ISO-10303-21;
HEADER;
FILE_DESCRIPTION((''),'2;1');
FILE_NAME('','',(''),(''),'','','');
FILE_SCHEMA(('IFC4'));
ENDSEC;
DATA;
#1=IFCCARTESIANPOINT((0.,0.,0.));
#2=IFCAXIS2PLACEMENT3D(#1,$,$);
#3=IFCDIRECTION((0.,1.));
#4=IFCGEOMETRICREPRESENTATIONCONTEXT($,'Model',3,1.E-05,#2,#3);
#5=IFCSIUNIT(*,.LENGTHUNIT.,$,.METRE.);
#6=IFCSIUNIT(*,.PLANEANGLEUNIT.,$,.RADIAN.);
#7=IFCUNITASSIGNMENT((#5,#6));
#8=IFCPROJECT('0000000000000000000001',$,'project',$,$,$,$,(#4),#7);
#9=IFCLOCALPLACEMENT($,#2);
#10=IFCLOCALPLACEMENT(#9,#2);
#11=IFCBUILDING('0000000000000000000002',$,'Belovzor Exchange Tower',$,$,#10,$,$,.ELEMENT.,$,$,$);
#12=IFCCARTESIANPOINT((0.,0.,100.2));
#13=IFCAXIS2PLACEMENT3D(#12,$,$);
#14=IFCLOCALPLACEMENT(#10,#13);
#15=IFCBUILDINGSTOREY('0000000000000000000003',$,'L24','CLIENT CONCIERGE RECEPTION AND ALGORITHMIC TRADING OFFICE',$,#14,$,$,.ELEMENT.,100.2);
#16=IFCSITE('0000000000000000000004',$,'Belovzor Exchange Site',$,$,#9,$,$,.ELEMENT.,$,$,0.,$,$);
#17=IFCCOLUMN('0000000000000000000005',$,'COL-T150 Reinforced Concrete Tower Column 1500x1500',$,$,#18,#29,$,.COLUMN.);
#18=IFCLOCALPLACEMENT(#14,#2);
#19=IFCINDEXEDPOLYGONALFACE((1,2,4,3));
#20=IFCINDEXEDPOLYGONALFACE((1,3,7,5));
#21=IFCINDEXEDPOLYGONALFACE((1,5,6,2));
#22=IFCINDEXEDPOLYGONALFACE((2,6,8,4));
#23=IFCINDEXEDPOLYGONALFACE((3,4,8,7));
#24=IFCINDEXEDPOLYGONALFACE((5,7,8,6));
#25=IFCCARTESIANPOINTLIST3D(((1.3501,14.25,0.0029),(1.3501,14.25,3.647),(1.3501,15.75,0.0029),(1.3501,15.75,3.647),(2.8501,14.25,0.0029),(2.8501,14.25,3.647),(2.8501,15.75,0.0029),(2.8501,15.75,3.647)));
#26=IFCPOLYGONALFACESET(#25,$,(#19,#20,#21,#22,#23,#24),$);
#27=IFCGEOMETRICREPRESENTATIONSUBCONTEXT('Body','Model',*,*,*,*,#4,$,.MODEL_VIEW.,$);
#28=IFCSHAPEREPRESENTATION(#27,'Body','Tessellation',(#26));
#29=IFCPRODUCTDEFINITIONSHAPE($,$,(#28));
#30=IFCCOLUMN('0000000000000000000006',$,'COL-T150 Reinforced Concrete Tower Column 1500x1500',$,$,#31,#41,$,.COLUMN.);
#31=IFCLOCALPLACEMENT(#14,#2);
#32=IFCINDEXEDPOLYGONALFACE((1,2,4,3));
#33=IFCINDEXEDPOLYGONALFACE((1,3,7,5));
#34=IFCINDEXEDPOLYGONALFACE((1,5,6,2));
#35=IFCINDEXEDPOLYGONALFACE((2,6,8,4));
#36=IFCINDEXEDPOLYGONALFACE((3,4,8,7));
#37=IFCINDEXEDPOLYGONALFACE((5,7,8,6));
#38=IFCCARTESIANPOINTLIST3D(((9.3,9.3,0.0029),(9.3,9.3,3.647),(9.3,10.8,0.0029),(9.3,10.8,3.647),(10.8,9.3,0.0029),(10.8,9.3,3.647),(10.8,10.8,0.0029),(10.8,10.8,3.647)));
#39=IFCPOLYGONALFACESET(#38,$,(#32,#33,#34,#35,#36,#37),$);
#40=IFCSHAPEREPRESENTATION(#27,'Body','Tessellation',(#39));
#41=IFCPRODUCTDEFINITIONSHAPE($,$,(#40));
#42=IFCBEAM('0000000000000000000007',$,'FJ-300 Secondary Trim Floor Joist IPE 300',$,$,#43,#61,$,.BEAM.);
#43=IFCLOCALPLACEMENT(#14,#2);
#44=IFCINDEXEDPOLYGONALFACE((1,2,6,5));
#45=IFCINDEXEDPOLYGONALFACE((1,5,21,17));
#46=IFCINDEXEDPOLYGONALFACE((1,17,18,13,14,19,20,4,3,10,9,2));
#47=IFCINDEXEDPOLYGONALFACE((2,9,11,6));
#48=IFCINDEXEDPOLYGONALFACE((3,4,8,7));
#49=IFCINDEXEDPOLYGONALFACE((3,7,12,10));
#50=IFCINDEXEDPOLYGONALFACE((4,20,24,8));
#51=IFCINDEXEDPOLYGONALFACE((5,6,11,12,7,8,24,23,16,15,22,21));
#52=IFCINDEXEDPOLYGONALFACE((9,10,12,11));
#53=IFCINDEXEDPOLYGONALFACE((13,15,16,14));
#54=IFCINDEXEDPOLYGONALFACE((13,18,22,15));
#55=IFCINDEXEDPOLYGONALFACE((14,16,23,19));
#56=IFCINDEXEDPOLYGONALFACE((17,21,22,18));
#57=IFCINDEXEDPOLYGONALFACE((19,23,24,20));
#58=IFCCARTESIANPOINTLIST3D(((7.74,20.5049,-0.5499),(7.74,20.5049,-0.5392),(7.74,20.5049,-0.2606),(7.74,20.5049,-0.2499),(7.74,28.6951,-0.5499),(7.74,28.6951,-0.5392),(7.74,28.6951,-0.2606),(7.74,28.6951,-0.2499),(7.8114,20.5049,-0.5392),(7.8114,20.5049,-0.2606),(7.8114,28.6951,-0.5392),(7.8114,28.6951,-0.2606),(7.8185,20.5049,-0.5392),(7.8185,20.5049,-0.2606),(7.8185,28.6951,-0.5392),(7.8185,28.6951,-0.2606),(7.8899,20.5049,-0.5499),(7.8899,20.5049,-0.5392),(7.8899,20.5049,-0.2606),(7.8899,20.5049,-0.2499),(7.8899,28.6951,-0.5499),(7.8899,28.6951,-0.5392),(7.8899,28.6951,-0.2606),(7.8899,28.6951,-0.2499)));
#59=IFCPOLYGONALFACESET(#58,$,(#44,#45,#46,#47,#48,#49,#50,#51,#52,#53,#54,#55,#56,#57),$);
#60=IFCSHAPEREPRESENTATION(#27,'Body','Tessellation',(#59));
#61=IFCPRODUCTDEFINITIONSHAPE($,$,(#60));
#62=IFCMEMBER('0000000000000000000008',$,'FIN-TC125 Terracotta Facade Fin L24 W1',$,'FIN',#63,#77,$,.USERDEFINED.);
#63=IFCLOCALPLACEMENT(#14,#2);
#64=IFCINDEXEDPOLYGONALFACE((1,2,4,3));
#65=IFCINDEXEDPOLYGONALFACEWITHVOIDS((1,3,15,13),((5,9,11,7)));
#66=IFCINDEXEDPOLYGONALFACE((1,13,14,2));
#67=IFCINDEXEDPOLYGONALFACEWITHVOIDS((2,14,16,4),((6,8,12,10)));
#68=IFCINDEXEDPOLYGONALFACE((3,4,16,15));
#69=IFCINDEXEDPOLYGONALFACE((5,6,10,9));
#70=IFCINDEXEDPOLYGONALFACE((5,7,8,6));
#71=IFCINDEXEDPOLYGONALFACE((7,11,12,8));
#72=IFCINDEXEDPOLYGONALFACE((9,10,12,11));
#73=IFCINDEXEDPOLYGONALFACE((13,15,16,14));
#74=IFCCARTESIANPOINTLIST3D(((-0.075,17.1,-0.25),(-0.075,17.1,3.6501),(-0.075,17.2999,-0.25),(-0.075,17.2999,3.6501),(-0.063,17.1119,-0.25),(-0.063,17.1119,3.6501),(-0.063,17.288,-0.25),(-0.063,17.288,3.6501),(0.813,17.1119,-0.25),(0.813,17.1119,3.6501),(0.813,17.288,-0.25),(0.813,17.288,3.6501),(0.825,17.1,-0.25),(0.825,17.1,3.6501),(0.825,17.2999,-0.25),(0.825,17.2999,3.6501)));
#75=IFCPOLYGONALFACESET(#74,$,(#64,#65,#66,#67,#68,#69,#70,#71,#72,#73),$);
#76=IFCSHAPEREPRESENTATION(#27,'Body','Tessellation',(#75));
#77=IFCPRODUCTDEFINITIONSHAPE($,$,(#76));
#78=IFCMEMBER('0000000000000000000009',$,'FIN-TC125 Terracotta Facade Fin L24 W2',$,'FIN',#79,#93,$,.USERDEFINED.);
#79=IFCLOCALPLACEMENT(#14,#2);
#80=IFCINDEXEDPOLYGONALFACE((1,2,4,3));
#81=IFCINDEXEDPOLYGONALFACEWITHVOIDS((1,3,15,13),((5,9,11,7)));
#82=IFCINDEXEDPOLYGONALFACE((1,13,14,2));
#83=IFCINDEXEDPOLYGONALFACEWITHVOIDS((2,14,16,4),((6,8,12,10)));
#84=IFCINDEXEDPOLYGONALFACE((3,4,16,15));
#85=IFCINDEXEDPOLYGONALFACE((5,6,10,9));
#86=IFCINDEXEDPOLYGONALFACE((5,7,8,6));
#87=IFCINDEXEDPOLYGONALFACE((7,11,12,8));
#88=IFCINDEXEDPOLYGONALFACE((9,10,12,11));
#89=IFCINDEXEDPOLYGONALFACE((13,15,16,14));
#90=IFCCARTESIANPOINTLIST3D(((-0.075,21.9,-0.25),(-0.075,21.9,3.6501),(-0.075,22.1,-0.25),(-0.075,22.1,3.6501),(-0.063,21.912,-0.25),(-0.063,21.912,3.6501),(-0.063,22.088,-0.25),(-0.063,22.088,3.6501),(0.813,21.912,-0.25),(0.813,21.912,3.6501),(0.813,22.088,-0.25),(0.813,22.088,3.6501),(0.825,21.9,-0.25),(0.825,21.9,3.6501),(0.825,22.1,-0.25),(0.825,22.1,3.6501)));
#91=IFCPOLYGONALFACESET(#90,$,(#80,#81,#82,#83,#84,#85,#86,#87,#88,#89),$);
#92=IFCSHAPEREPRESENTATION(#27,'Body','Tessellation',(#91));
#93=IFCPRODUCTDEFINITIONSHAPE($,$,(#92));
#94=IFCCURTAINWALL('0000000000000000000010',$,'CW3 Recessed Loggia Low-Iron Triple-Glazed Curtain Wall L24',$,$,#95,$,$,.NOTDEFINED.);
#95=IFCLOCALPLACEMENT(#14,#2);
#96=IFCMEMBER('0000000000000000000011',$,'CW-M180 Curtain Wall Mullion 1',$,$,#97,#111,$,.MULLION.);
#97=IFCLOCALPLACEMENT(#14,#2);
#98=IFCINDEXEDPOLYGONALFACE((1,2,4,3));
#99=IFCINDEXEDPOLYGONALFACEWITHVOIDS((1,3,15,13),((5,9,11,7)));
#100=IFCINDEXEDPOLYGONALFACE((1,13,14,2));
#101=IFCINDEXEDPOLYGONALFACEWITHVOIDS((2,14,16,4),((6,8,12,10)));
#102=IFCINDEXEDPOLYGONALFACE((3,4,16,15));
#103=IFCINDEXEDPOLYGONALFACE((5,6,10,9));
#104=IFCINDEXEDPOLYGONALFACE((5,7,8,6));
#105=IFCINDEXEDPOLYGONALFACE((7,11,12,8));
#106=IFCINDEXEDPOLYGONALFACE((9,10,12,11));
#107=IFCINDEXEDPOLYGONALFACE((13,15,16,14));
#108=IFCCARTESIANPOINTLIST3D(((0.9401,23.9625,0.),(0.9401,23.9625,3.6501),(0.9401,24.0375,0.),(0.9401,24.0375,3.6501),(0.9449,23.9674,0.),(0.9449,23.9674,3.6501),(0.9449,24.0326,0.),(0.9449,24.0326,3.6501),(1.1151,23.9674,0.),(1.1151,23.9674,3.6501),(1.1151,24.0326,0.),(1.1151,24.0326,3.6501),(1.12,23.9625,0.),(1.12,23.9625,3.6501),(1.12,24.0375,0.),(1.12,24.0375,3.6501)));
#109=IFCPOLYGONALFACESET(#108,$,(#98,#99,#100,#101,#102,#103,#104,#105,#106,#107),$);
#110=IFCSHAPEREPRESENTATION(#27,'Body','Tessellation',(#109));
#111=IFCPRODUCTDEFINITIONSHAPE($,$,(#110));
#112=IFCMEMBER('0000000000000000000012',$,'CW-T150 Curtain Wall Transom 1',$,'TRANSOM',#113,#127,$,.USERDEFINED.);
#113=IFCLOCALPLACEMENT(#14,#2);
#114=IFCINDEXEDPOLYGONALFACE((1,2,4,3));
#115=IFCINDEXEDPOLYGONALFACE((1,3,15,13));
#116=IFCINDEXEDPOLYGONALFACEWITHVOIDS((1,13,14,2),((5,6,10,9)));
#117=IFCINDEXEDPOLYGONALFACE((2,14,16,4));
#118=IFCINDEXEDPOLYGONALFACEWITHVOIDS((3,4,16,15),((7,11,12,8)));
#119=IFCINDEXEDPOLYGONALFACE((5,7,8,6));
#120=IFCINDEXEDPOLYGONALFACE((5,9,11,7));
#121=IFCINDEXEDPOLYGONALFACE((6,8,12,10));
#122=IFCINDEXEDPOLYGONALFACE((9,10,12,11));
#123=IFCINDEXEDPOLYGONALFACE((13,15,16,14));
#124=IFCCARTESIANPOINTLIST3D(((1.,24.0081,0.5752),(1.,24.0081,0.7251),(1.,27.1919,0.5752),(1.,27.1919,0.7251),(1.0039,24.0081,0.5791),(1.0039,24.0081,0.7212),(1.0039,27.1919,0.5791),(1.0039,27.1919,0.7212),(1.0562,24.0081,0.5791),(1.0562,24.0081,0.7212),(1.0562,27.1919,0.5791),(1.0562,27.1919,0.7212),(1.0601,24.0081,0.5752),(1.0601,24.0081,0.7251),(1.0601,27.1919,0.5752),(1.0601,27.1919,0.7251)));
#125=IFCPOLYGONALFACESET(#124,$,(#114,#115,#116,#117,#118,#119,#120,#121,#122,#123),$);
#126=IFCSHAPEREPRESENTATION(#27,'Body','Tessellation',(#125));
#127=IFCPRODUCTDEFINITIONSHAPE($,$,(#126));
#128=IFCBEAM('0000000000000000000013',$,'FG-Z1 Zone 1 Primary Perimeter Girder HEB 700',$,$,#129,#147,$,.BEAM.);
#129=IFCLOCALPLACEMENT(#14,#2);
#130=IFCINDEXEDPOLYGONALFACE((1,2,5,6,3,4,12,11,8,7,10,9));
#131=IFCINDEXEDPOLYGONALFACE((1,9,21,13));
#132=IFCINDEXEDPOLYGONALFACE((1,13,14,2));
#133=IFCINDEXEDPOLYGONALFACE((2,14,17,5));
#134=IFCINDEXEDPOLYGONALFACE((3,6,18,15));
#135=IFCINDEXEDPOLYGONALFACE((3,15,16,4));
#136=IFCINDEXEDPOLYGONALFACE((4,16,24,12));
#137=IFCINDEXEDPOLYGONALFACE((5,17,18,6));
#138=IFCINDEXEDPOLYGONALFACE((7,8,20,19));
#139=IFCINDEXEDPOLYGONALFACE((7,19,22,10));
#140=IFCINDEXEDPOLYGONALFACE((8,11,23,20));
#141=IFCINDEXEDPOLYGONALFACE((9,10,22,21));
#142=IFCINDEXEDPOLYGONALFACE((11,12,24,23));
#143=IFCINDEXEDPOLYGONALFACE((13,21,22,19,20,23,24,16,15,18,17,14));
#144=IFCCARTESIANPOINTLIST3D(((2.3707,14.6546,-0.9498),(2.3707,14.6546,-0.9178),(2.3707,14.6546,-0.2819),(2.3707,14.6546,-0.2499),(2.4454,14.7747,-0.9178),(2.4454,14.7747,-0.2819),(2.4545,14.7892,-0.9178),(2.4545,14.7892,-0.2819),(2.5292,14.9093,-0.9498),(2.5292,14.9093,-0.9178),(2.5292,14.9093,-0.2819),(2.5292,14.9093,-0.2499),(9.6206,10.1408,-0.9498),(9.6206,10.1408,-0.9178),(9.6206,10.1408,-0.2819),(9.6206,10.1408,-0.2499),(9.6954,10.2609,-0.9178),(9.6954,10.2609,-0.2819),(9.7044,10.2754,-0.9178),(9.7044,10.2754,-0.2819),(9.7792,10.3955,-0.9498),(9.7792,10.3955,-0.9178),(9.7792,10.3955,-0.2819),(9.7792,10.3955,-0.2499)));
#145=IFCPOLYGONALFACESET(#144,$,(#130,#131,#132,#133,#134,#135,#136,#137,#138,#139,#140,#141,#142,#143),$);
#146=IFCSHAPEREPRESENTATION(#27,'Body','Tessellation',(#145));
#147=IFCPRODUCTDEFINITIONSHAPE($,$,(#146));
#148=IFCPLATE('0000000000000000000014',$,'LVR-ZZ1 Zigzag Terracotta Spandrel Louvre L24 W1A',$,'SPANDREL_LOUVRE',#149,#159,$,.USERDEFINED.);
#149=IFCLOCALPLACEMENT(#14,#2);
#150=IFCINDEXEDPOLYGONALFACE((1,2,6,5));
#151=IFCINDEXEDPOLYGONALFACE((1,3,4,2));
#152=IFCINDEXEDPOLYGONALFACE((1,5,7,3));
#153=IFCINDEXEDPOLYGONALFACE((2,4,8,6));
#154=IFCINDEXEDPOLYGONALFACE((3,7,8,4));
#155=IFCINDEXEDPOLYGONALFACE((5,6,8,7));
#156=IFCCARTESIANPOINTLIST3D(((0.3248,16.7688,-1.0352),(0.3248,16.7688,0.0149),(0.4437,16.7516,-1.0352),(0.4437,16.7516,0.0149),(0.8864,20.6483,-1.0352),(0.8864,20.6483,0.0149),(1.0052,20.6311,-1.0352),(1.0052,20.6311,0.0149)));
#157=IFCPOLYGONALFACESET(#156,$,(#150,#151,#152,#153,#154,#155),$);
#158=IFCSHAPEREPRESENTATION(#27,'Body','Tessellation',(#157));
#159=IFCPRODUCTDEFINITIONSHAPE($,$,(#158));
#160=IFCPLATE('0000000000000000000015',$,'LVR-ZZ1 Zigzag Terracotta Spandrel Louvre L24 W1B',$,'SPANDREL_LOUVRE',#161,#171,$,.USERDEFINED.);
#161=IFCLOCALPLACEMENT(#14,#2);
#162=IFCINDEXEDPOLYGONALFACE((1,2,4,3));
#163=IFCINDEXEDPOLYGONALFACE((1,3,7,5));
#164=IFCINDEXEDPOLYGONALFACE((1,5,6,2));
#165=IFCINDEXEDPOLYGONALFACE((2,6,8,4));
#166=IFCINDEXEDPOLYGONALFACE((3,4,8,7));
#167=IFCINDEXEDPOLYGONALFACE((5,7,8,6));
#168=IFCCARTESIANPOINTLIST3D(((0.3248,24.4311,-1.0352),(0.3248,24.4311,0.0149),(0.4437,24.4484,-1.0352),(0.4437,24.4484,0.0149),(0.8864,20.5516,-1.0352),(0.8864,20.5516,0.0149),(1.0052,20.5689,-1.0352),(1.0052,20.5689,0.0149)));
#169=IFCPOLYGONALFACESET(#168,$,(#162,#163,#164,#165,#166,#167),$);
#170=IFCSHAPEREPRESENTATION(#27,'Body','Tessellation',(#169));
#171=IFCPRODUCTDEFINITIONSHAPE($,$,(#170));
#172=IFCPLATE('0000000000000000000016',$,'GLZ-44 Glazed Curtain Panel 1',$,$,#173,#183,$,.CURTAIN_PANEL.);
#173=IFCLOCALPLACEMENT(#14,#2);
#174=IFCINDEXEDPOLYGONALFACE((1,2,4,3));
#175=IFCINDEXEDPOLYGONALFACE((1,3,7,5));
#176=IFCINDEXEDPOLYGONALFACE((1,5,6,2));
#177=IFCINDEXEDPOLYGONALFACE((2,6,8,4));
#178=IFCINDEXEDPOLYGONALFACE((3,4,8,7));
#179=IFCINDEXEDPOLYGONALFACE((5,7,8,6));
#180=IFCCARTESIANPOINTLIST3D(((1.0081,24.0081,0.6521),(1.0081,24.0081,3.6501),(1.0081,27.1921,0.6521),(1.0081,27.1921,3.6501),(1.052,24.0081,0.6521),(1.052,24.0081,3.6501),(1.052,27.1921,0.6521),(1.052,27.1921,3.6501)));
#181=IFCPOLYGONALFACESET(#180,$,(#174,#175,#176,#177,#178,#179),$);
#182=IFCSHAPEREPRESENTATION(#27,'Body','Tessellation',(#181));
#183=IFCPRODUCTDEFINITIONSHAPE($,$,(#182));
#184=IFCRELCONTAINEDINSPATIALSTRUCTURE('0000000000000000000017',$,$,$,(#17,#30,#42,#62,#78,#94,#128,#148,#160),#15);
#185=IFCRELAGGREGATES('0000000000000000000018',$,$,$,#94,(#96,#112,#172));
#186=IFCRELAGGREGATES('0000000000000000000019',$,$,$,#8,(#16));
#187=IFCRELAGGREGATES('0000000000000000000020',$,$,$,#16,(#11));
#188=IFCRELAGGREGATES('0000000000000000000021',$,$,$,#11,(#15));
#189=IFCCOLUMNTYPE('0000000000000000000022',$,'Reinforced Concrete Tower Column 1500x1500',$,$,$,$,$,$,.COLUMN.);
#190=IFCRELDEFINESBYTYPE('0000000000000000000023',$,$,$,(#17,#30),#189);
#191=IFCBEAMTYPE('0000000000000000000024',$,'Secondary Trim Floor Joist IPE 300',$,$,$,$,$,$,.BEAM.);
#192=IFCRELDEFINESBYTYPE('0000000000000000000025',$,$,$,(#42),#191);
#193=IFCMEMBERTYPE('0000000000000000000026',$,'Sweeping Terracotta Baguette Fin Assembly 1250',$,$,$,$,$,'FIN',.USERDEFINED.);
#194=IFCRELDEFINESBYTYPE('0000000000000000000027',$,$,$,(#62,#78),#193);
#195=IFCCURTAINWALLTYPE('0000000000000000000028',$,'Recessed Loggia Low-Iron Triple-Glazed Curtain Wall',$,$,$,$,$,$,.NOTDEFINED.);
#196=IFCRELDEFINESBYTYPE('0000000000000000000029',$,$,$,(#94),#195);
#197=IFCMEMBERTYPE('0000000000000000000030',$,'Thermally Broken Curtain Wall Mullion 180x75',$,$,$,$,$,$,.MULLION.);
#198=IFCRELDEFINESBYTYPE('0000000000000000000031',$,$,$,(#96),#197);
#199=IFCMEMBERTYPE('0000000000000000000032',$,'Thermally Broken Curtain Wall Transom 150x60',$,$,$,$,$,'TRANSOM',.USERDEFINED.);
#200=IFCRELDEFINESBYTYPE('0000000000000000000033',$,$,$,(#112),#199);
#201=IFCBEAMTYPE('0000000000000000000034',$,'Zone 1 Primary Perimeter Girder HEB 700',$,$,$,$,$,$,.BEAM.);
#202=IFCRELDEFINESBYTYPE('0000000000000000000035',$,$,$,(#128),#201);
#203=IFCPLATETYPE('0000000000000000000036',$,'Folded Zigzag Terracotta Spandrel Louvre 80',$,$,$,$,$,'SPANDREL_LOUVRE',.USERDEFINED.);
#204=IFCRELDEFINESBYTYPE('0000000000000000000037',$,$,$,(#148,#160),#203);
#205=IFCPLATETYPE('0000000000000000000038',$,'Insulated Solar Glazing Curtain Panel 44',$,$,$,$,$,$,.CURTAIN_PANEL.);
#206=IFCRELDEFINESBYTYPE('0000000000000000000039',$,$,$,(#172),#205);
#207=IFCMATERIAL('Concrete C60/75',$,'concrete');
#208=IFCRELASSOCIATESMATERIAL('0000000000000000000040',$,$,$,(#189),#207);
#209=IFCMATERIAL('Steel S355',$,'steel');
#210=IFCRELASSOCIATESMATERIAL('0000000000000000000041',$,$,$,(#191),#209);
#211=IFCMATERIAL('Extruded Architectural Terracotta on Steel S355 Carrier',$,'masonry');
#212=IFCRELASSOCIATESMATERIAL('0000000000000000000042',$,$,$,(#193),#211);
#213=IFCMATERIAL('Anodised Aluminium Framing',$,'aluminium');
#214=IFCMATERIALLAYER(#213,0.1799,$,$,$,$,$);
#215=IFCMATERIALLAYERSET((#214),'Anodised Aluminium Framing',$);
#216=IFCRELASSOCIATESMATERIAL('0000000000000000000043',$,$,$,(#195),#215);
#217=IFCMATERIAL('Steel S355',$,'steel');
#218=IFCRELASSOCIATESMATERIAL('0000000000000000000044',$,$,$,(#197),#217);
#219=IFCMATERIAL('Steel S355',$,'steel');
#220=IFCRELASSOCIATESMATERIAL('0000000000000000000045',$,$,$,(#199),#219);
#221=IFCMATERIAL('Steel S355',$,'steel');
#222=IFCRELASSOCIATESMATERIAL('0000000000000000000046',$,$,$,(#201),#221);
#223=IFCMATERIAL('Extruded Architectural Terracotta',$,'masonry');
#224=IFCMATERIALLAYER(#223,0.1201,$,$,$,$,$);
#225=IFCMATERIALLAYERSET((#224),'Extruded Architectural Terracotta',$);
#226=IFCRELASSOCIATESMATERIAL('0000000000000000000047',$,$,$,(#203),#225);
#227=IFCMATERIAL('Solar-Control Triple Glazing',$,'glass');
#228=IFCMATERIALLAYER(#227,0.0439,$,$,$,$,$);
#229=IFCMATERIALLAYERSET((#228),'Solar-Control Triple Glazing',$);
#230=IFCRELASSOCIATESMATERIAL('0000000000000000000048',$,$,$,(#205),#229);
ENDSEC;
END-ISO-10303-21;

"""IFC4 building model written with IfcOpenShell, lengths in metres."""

from ifc_helpers import new_model, si_unit, direction, frame, origin, origin_2d, place, context, subcontext, project, spatial, rectangle, hollow_rectangle, i_section, extrude, material, layer, layer_set, material_profile, profile_set, type_object, element, aggregate, save


model = new_model("IFC4")

# Units and contexts
model_context = context("Model", 3, precision=1e-05, world=origin(), true_north=direction((0.0, 1.0)))
body_context = subcontext(model_context, "Body", "Model", "MODEL_VIEW")
ifc_project = project(units=[si_unit("LENGTHUNIT", "METRE"), si_unit("PLANEANGLEUNIT", "RADIAN")], contexts=[model_context])

# Site, building, storey
site_placement = place(None, origin())
site = spatial("IfcSite", under=ifc_project, at=site_placement, Name="Belovzor Exchange Site", CompositionType="ELEMENT", RefElevation=0.0)
building_placement = place(site_placement, origin())
building = spatial("IfcBuilding", under=site, at=building_placement, Name="Belovzor Exchange Tower", CompositionType="ELEMENT")
storey_placement = place(building_placement, frame((0.0, 0.0, 100.2)))
storey = spatial("IfcBuildingStorey", under=building, at=storey_placement, Name="L24", Description="CLIENT CONCIERGE RECEPTION AND ALGORITHMIC TRADING OFFICE", CompositionType="ELEMENT", Elevation=100.2)

# Columns
ifc_material_1 = material(Name="Concrete C60/75", Category="concrete")
ifc_material_profile_1 = material_profile(ifc_material_1, rectangle(XDim=1.5, YDim=1.5, at=origin_2d()))
ifc_profile_set_1 = profile_set([ifc_material_profile_1], Name="Concrete C60/75")
column_type = type_object("IfcColumnType", Name="Reinforced Concrete Tower Column 1500x1500", PredefinedType="COLUMN", material=ifc_profile_set_1)
for number, where, z_axis, x_axis, name in (
    (1, (2.1001, 15.0, 0.0029), (0.0, 0.0, 1.0), (1.0, 0.0, 0.0), "COL-T150 Reinforced Concrete Tower Column 1500x1500"),
    (2, (10.05, 10.05, 0.0029), (0.0, 0.0, 1.0), (1.0, 0.0, 0.0), "COL-T150 Reinforced Concrete Tower Column 1500x1500"),
):
    element("IfcColumn", number, at=place(storey_placement, frame(where, z_axis=z_axis, x_axis=x_axis)), inside=storey, type_object=column_type, Name=name, PredefinedType="COLUMN", context=body_context, shape_type="SweptSolid", body=[
        extrude(rectangle(XDim=1.5, YDim=1.5, at=origin_2d()), origin(), (0.0, 0.0, 1.0), 3.644),
    ])

# Beam
ifc_material_2 = material(Name="Steel S355", Category="steel")
ifc_material_profile_2 = material_profile(ifc_material_2, i_section(OverallWidth=0.1499, OverallDepth=0.3, WebThickness=0.0071, FlangeThickness=0.0107, at=origin_2d()))
ifc_profile_set_2 = profile_set([ifc_material_profile_2], Name="Steel S355")
beam_type_1 = type_object("IfcBeamType", Name="Secondary Trim Floor Joist IPE 300", PredefinedType="BEAM", material=ifc_profile_set_2)
beam_1_placement = place(storey_placement, frame((7.8149, 20.5049, -0.3999), z_axis=(0.0, 1.0, 0.0), x_axis=(-1.0, 0.0, 0.0)))
element("IfcBeam", 3, at=beam_1_placement, inside=storey, type_object=beam_type_1, Name="FJ-300 Secondary Trim Floor Joist IPE 300", PredefinedType="BEAM", context=body_context, shape_type="SweptSolid", body=[
    extrude(i_section(OverallWidth=0.1499, OverallDepth=0.3, WebThickness=0.0071, FlangeThickness=0.0107, at=origin_2d()), origin(), (0.0, 0.0, 1.0), 8.1902),
])

# Members
ifc_material_3 = material(Name="Extruded Architectural Terracotta on Steel S355 Carrier", Category="masonry")
ifc_material_profile_3 = material_profile(ifc_material_3, hollow_rectangle(XDim=0.2, YDim=0.8999, WallThickness=0.012, at=origin_2d()))
ifc_profile_set_3 = profile_set([ifc_material_profile_3], Name="Extruded Architectural Terracotta on Steel S355 Carrier")
member_type_1 = type_object("IfcMemberType", Name="Sweeping Terracotta Baguette Fin Assembly 1250", ElementType="FIN", PredefinedType="USERDEFINED", material=ifc_profile_set_3)
for number, where, z_axis, x_axis, name in (
    (4, (0.375, 17.2, -0.25), (0.0, 0.0, 1.0), (0.0, 1.0, 0.0), "FIN-TC125 Terracotta Facade Fin L24 W1"),
    (5, (0.375, 22.0, -0.25), (0.0, 0.0, 1.0), (0.0, 1.0, 0.0), "FIN-TC125 Terracotta Facade Fin L24 W2"),
):
    element("IfcMember", number, at=place(storey_placement, frame(where, z_axis=z_axis, x_axis=x_axis)), inside=storey, type_object=member_type_1, Name=name, ObjectType="FIN", PredefinedType="USERDEFINED", context=body_context, shape_type="SweptSolid", body=[
        extrude(hollow_rectangle(XDim=0.2, YDim=0.8999, WallThickness=0.012, at=origin_2d()), origin(), (0.0, 0.0, 1.0), 3.9001),
    ])

# Curtain wall, members
ifc_material_4 = material(Name="Anodised Aluminium Framing", Category="aluminium")
ifc_layer_1 = layer(ifc_material_4, 0.1799)
ifc_layer_set_1 = layer_set([ifc_layer_1], Name="Anodised Aluminium Framing")
curtain_wall_type = type_object("IfcCurtainWallType", Name="Recessed Loggia Low-Iron Triple-Glazed Curtain Wall", PredefinedType="NOTDEFINED", material=ifc_layer_set_1)
curtain_wall_placement = place(storey_placement, origin())
curtain_wall = element("IfcCurtainWall", 6, at=curtain_wall_placement, inside=storey, type_object=curtain_wall_type, Name="CW3 Recessed Loggia Low-Iron Triple-Glazed Curtain Wall L24", PredefinedType="NOTDEFINED")
ifc_material_5 = material(Name="Steel S355", Category="steel")
ifc_material_profile_4 = material_profile(ifc_material_5, hollow_rectangle(XDim=0.075, YDim=0.1799, WallThickness=0.0049, at=origin_2d()))
ifc_profile_set_4 = profile_set([ifc_material_profile_4], Name="Steel S355")
member_type_2 = type_object("IfcMemberType", Name="Thermally Broken Curtain Wall Mullion 180x75", PredefinedType="MULLION", material=ifc_profile_set_4)
member_1_placement = place(storey_placement, frame((1.03, 24.0, 0.0), z_axis=(0.0, 0.0, 1.0), x_axis=(0.0, 1.0, 0.0)))
member_1 = element("IfcMember", 7, at=member_1_placement, type_object=member_type_2, Name="CW-M180 Curtain Wall Mullion 1", PredefinedType="MULLION", context=body_context, shape_type="SweptSolid", body=[
    extrude(hollow_rectangle(XDim=0.075, YDim=0.1799, WallThickness=0.0049, at=origin_2d()), origin(), (0.0, 0.0, 1.0), 3.6501),
])
ifc_material_6 = material(Name="Steel S355", Category="steel")
ifc_material_profile_5 = material_profile(ifc_material_6, hollow_rectangle(XDim=0.0601, YDim=0.1499, WallThickness=0.0039, at=origin_2d()))
ifc_profile_set_5 = profile_set([ifc_material_profile_5], Name="Steel S355")
member_type_3 = type_object("IfcMemberType", Name="Thermally Broken Curtain Wall Transom 150x60", ElementType="TRANSOM", PredefinedType="USERDEFINED", material=ifc_profile_set_5)
member_2_placement = place(storey_placement, frame((1.03, 24.0081, 0.6501), z_axis=(0.0, 1.0, 0.0), x_axis=(-1.0, 0.0, 0.0)))
member_2 = element("IfcMember", 8, at=member_2_placement, type_object=member_type_3, Name="CW-T150 Curtain Wall Transom 1", ObjectType="TRANSOM", PredefinedType="USERDEFINED", context=body_context, shape_type="SweptSolid", body=[
    extrude(hollow_rectangle(XDim=0.0601, YDim=0.1499, WallThickness=0.0039, at=origin_2d()), origin(), (0.0, 0.0, 1.0), 3.1838),
])

# Beam
ifc_material_7 = material(Name="Steel S355", Category="steel")
ifc_material_profile_6 = material_profile(ifc_material_7, i_section(OverallWidth=0.3, OverallDepth=0.7, WebThickness=0.0171, FlangeThickness=0.032, at=origin_2d()))
ifc_profile_set_6 = profile_set([ifc_material_profile_6], Name="Steel S355")
beam_type_2 = type_object("IfcBeamType", Name="Zone 1 Primary Perimeter Girder HEB 700", PredefinedType="BEAM", material=ifc_profile_set_6)
beam_2_placement = place(storey_placement, frame((2.45, 14.782, -0.5999), z_axis=(0.848909, -0.528539, 0.0), x_axis=(0.528539, 0.848909, 0.0)))
element("IfcBeam", 9, at=beam_2_placement, inside=storey, type_object=beam_type_2, Name="FG-Z1 Zone 1 Primary Perimeter Girder HEB 700", PredefinedType="BEAM", context=body_context, shape_type="SweptSolid", body=[
    extrude(i_section(OverallWidth=0.3, OverallDepth=0.7, WebThickness=0.0171, FlangeThickness=0.032, at=origin_2d()), origin(), (0.0, 0.0, 1.0), 8.5403),
])

# Plates
ifc_material_8 = material(Name="Extruded Architectural Terracotta", Category="masonry")
ifc_layer_2 = layer(ifc_material_8, 0.1201)
ifc_layer_set_2 = layer_set([ifc_layer_2], Name="Extruded Architectural Terracotta")
plate_type_1 = type_object("IfcPlateType", Name="Folded Zigzag Terracotta Spandrel Louvre 80", ElementType="SPANDREL_LOUVRE", PredefinedType="USERDEFINED", material=ifc_layer_set_2)
for number, where, z_axis, x_axis, name in (
    (10, (0.665, 18.7, -1.0352), (0.0, 0.0, 1.0), (0.143251, 0.989686, 0.0), "LVR-ZZ1 Zigzag Terracotta Spandrel Louvre L24 W1A"),
    (11, (0.665, 22.5, -1.0352), (0.0, 0.0, 1.0), (-0.143251, 0.989686, 0.0), "LVR-ZZ1 Zigzag Terracotta Spandrel Louvre L24 W1B"),
):
    element("IfcPlate", number, at=place(storey_placement, frame(where, z_axis=z_axis, x_axis=x_axis)), inside=storey, type_object=plate_type_1, Name=name, ObjectType="SPANDREL_LOUVRE", PredefinedType="USERDEFINED", context=body_context, shape_type="SweptSolid", body=[
        extrude(rectangle(XDim=3.9199, YDim=0.1201, at=origin_2d()), origin(), (0.0, 0.0, 1.0), 1.05),
    ])

# Plate
ifc_material_9 = material(Name="Solar-Control Triple Glazing", Category="glass")
ifc_layer_3 = layer(ifc_material_9, 0.0439)
ifc_layer_set_3 = layer_set([ifc_layer_3], Name="Solar-Control Triple Glazing")
plate_type_2 = type_object("IfcPlateType", Name="Insulated Solar Glazing Curtain Panel 44", PredefinedType="CURTAIN_PANEL", material=ifc_layer_set_3)
plate_1_placement = place(storey_placement, frame((1.03, 25.6001, 0.6521), z_axis=(0.0, 0.0, 1.0), x_axis=(0.0, 1.0, 0.0)))
plate_1 = element("IfcPlate", 12, at=plate_1_placement, type_object=plate_type_2, Name="GLZ-44 Glazed Curtain Panel 1", PredefinedType="CURTAIN_PANEL", context=body_context, shape_type="SweptSolid", body=[
    extrude(rectangle(XDim=3.1841, YDim=0.0439, at=origin_2d()), origin(), (0.0, 0.0, 1.0), 2.998),
])
aggregate(curtain_wall, [member_1, member_2, plate_1])

save(model, "model.ifc")
